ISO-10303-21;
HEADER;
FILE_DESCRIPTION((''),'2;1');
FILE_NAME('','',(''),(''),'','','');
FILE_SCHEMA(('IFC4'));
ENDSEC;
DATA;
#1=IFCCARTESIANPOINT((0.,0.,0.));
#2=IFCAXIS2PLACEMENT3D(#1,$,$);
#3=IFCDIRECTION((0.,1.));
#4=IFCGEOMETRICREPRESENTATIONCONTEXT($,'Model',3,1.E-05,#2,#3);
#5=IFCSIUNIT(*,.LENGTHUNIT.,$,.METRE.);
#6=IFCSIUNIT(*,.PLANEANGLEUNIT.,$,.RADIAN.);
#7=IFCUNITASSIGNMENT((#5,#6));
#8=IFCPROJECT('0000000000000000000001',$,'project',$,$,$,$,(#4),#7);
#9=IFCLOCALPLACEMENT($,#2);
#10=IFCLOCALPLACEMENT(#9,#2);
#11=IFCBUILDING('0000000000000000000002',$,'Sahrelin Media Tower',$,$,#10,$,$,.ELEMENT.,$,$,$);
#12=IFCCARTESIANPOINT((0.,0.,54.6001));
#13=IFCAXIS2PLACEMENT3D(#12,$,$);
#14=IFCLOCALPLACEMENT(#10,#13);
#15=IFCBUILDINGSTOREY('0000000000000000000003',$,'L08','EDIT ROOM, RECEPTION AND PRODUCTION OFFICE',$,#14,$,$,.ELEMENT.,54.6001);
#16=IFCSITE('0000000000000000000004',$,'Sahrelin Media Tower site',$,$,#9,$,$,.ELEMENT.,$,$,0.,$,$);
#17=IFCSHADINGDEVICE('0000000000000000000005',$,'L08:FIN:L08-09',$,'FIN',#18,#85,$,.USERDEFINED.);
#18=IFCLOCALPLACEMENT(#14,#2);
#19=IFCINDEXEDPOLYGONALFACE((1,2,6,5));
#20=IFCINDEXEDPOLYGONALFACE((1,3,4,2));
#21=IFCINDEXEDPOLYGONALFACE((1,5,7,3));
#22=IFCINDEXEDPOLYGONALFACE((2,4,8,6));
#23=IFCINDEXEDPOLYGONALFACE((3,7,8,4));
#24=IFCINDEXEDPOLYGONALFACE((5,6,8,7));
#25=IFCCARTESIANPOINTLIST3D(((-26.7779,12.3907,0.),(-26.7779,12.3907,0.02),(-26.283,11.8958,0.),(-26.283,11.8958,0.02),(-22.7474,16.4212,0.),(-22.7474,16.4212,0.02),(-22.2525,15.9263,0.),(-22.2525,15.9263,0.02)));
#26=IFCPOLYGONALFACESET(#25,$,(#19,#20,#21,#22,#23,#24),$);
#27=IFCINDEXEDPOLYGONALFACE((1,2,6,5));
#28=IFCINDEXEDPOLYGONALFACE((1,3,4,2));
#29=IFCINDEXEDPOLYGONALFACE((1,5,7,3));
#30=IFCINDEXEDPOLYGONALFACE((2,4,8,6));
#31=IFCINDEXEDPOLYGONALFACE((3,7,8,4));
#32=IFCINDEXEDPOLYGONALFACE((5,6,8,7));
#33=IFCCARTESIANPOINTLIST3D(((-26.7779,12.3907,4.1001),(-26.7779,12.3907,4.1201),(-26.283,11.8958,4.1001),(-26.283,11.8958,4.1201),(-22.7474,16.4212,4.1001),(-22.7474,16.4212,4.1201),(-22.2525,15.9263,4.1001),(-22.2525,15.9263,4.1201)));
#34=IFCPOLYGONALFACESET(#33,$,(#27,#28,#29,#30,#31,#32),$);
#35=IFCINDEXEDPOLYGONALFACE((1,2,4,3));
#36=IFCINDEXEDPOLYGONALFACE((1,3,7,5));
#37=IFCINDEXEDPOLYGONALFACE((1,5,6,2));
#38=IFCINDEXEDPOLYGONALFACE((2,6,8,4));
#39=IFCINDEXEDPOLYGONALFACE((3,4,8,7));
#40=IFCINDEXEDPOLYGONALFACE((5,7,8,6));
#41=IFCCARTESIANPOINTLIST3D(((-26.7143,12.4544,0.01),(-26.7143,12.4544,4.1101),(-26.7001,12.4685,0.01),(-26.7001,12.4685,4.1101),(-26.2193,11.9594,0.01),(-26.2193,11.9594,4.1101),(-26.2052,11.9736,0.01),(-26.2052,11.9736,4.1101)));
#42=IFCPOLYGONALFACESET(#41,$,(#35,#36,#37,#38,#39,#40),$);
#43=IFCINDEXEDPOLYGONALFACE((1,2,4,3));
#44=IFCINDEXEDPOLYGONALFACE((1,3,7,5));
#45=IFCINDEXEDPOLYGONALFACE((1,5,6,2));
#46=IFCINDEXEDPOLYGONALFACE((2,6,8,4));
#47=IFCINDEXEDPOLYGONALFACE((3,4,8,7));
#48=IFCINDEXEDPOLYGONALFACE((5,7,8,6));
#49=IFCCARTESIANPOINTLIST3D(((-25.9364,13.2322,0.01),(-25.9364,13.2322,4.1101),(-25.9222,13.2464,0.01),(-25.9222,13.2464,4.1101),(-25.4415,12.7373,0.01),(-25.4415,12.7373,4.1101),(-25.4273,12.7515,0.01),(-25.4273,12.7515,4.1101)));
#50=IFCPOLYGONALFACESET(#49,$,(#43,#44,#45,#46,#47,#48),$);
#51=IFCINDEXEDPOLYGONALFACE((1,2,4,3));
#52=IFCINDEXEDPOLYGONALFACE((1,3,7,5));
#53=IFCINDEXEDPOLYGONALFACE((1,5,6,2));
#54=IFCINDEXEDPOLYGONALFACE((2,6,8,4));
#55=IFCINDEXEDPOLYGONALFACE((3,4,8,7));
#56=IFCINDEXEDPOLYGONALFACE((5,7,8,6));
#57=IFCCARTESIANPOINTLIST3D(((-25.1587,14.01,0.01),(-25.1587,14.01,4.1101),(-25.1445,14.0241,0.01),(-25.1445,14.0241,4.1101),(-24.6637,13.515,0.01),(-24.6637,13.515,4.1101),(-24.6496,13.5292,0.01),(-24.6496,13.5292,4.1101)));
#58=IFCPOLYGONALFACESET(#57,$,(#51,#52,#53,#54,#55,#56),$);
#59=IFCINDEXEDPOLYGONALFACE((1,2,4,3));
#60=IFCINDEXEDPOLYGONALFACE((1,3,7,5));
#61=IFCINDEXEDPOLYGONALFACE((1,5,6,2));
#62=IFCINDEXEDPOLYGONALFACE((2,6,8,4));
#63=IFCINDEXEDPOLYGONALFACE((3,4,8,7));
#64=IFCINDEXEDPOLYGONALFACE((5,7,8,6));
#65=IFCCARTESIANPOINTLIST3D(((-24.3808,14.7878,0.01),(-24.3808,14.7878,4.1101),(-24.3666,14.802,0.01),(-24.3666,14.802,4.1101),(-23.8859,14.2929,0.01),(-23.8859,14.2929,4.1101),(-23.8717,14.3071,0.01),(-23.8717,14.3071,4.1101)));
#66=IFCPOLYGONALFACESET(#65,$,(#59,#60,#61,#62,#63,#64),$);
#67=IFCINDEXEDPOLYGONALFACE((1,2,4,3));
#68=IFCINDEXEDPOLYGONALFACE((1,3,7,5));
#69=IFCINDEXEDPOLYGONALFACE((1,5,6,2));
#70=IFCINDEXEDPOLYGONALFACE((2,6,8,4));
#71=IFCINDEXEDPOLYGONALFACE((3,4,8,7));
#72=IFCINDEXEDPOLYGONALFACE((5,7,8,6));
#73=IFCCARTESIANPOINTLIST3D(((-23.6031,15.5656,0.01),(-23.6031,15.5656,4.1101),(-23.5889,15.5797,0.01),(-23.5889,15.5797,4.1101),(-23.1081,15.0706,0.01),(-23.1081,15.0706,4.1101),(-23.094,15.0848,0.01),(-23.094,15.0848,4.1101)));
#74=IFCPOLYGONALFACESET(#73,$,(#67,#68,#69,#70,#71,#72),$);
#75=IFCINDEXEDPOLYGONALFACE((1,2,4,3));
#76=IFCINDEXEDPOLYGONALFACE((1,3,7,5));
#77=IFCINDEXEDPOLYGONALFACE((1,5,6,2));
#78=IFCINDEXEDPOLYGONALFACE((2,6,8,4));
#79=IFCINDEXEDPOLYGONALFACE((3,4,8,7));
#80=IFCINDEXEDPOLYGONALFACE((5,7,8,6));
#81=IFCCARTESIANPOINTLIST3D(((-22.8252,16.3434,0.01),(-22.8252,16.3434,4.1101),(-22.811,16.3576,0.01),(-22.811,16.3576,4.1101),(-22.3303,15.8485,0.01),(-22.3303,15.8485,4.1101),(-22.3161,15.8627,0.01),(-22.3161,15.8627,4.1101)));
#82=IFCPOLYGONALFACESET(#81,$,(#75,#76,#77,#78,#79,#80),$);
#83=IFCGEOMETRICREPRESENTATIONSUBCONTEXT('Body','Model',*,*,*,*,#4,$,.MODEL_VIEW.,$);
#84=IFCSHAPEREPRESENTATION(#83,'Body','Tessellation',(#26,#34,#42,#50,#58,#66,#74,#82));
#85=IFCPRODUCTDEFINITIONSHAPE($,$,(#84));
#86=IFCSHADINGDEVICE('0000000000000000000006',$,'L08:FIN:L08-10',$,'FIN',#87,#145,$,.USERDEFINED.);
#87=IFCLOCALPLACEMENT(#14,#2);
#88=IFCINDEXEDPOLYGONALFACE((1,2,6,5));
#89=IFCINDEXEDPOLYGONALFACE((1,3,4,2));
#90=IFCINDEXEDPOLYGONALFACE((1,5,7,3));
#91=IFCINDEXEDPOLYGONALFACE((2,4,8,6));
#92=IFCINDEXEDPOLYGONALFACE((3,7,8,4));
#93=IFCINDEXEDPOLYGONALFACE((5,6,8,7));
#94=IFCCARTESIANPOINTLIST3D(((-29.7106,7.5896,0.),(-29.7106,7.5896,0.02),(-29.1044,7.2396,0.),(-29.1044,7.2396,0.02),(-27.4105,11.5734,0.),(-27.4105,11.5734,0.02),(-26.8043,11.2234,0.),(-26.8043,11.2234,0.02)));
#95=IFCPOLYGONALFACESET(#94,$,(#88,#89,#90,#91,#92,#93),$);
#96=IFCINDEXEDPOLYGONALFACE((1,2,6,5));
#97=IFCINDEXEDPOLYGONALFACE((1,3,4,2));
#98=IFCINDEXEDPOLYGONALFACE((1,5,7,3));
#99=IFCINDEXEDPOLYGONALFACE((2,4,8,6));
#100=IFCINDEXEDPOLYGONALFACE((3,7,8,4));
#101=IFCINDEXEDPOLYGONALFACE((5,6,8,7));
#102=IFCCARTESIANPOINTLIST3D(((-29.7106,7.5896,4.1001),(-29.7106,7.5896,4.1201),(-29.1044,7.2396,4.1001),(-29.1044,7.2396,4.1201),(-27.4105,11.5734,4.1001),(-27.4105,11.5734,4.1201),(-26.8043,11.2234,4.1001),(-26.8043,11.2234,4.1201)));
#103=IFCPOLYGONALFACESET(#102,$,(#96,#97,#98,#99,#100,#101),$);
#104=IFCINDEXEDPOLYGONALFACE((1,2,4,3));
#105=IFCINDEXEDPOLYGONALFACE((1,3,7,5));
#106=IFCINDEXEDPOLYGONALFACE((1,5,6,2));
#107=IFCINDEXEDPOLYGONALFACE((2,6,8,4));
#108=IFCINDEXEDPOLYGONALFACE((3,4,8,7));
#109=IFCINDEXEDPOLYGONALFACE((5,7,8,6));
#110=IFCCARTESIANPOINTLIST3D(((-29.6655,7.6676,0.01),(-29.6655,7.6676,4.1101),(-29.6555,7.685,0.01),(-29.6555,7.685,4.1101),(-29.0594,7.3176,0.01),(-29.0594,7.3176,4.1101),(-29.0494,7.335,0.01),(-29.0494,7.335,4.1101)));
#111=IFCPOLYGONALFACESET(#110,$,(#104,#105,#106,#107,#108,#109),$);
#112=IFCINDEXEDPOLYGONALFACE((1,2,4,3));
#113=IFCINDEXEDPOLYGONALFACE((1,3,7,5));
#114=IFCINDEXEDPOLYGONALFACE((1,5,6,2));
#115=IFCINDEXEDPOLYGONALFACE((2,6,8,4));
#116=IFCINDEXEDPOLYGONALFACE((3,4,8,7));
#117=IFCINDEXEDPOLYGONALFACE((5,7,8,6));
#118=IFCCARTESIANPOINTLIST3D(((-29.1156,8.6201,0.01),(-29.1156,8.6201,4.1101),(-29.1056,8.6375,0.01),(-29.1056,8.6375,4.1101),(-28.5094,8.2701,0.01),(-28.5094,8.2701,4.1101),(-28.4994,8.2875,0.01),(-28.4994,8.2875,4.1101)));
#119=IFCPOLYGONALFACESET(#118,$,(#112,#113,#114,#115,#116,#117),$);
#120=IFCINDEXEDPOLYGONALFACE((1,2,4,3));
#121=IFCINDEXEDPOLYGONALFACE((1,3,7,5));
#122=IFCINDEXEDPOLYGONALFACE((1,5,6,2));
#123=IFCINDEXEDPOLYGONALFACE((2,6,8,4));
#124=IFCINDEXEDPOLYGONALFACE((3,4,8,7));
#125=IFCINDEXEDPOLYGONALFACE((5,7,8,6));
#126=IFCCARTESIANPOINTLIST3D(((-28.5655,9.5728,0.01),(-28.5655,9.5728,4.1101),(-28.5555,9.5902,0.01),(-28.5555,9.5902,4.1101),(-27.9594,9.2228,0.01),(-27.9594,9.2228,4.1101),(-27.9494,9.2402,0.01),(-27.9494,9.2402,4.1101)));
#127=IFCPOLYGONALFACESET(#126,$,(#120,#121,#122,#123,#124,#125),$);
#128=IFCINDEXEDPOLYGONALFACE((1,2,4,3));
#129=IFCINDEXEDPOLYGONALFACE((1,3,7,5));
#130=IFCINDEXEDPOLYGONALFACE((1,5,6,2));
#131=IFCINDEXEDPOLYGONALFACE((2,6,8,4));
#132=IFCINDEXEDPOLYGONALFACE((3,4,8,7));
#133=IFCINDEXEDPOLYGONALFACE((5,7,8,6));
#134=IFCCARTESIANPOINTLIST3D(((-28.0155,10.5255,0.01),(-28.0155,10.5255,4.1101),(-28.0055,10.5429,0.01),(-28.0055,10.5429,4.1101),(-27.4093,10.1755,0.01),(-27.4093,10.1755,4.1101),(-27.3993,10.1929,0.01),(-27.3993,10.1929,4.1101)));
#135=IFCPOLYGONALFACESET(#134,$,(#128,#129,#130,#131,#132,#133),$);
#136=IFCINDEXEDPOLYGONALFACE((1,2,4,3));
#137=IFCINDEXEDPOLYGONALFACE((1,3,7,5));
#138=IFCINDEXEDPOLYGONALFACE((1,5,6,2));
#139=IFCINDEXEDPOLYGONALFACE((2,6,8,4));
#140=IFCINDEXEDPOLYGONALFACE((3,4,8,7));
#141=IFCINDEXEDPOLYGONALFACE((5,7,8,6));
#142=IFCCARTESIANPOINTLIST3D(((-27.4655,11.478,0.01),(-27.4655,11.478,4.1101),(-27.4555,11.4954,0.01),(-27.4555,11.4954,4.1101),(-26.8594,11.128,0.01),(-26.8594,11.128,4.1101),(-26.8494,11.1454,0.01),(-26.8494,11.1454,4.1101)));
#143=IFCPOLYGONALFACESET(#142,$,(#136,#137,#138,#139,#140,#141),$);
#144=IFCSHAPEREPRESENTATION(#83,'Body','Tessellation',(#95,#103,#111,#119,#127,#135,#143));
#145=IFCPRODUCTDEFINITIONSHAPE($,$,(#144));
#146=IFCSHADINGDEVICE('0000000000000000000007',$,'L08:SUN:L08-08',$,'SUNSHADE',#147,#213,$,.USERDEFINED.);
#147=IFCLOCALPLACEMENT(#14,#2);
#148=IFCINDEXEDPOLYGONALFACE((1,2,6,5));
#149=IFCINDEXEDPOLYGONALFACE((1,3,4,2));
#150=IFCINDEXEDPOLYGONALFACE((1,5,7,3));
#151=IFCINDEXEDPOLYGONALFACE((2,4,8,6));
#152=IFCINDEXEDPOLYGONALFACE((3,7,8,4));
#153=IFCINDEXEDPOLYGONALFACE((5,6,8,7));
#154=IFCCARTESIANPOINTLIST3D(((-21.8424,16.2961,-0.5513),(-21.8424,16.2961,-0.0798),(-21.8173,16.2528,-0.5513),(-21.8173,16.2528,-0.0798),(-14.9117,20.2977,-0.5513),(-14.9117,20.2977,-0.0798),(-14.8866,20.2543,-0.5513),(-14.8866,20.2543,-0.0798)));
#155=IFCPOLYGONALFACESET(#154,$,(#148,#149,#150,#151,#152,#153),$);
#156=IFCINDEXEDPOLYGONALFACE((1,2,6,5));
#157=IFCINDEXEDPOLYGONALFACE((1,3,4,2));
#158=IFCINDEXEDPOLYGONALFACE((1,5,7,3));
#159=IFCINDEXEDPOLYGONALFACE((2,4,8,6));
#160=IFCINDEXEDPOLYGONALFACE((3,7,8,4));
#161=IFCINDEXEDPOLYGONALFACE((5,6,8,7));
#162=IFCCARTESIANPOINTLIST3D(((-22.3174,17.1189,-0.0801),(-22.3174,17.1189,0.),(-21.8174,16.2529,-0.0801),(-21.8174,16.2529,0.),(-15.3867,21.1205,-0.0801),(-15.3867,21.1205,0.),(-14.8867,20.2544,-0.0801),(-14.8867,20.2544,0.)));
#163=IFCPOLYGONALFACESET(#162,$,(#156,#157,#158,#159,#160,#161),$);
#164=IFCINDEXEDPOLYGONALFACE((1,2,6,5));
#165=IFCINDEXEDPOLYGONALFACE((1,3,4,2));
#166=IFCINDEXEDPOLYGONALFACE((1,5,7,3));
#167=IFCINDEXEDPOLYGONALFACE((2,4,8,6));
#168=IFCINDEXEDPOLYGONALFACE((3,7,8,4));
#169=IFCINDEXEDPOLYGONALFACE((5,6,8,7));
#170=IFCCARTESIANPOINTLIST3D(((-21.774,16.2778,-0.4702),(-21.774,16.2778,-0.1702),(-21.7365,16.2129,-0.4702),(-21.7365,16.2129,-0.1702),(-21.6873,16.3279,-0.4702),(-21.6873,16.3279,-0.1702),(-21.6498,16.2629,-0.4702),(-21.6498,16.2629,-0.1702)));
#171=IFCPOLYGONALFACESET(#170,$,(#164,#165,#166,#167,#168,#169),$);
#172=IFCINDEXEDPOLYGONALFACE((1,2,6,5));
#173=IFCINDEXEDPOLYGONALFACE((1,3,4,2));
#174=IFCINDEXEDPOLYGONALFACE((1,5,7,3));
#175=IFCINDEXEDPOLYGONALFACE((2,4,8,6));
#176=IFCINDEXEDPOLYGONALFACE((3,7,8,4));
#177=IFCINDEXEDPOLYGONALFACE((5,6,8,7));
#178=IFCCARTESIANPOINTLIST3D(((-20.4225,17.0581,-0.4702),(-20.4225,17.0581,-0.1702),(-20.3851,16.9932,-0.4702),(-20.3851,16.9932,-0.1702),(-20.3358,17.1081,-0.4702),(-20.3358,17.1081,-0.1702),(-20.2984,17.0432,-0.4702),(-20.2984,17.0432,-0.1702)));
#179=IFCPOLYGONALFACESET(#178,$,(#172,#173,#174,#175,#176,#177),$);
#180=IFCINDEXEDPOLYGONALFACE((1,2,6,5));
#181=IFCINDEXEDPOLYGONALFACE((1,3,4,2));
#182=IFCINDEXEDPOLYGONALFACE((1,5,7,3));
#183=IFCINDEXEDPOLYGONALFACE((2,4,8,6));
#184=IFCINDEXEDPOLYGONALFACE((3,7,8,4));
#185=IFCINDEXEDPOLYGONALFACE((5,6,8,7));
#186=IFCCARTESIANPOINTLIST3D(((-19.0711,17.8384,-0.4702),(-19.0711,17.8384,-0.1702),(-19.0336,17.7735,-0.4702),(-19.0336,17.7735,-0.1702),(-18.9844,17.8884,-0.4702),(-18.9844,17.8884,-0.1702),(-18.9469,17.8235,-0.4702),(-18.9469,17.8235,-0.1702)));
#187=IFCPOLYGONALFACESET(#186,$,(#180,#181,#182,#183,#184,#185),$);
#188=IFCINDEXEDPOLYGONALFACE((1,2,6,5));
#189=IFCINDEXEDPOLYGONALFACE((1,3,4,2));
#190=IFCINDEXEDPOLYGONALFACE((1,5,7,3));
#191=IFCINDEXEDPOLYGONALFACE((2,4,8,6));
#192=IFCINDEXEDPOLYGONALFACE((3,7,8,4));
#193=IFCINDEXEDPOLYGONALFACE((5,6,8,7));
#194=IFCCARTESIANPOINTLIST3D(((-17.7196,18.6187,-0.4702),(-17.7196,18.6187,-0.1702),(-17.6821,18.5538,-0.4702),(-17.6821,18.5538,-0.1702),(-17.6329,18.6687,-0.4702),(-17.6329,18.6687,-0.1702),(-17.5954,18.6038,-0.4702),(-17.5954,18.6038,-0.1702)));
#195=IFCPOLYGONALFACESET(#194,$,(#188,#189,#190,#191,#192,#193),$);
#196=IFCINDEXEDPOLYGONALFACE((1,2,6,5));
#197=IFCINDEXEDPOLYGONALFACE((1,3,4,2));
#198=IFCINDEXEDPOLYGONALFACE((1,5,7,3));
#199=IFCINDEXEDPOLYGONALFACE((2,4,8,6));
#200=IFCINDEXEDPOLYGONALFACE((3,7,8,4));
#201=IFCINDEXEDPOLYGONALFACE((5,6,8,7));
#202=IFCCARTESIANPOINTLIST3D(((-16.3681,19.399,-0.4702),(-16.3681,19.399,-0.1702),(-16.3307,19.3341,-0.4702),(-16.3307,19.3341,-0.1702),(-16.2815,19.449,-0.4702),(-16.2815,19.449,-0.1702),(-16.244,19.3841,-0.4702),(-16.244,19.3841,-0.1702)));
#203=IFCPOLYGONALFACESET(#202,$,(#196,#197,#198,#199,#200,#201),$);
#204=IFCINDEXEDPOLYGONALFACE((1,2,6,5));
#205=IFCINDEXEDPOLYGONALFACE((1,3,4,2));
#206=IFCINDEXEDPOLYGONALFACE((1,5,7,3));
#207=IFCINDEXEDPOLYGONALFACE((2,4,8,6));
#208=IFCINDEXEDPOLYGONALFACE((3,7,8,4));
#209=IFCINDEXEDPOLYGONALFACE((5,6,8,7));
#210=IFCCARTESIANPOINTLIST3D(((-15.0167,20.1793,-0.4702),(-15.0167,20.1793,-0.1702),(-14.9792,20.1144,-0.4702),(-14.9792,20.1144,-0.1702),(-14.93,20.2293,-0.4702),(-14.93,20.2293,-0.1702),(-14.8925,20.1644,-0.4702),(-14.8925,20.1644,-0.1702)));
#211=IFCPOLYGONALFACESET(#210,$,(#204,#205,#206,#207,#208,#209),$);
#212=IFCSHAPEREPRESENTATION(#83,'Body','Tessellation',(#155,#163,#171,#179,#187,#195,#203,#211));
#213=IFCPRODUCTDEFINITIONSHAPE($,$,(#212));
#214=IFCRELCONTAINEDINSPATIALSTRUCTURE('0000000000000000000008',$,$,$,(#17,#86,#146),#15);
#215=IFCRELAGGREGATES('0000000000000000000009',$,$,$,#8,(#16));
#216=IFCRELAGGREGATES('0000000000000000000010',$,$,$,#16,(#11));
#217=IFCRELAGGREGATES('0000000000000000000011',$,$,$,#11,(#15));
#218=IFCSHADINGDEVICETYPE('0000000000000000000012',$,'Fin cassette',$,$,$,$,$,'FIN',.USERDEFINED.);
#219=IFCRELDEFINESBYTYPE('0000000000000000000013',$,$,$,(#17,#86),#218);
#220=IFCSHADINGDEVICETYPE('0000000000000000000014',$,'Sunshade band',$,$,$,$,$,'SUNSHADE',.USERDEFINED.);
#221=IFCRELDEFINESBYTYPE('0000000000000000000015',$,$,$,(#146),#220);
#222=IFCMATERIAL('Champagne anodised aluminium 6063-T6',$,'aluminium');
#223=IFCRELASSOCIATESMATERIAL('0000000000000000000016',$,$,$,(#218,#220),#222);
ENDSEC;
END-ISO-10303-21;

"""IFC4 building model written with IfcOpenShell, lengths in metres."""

from ifc_helpers import new_model, si_unit, direction, frame, origin, origin_2d, place, context, subcontext, project, spatial, rectangle, extrude, material, type_object, element, save


model = new_model("IFC4")

# Units and contexts
model_context = context("Model", 3, precision=1e-05, world=origin(), true_north=direction((0.0, 1.0)))
body_context = subcontext(model_context, "Body", "Model", "MODEL_VIEW")
ifc_project = project(units=[si_unit("LENGTHUNIT", "METRE"), si_unit("PLANEANGLEUNIT", "RADIAN")], contexts=[model_context])

# Site, building, storey
site_placement = place(None, origin())
site = spatial("IfcSite", under=ifc_project, at=site_placement, Name="Sahrelin Media Tower site", CompositionType="ELEMENT", RefElevation=0.0)
building_placement = place(site_placement, origin())
building = spatial("IfcBuilding", under=site, at=building_placement, Name="Sahrelin Media Tower", CompositionType="ELEMENT")
storey_placement = place(building_placement, frame((0.0, 0.0, 54.6001)))
storey = spatial("IfcBuildingStorey", under=building, at=storey_placement, Name="L08", Description="EDIT ROOM, RECEPTION AND PRODUCTION OFFICE", CompositionType="ELEMENT", Elevation=54.6001)

# Shared definitions
ifc_material_1 = material(Name="Champagne anodised aluminium 6063-T6", Category="aluminium")

# Shading devices
shading_device_type_1 = type_object("IfcShadingDeviceType", Name="Fin cassette", ElementType="FIN", PredefinedType="USERDEFINED", material=ifc_material_1)
placement_1 = place(storey_placement, frame((-18.342, 18.2363, 0.0), z_axis=(0.0, 0.0, 1.0), x_axis=(0.866019, 0.500011, 0.0)))
placement_2 = place(storey_placement, frame((-24.2183, 13.8616, 0.0), z_axis=(0.0, 0.0, 1.0), x_axis=(0.707107, 0.707107, 0.0)))
element("IfcShadingDevice", 1, at=placement_2, inside=storey, type_object=shading_device_type_1, Name="L08:FIN:L08-09", ObjectType="FIN", PredefinedType="USERDEFINED", context=body_context, shape_type="SweptSolid", body=[
    extrude(rectangle(XDim=5.7, YDim=0.7, at=origin_2d()), frame((0.0, 0.4199, 0.0)), (0.0, 0.0, 1.0), 0.02),
    extrude(rectangle(XDim=5.7, YDim=0.7, at=origin_2d()), frame((0.0, 0.4199, 4.1001)), (0.0, 0.0, 1.0), 0.02),
    extrude(rectangle(XDim=0.02, YDim=0.7, at=origin_2d()), frame((-2.75, 0.4199, 0.01), z_axis=(0.0, 0.0, 1.0), x_axis=(1.0, 0.0, 0.0)), (0.0, 0.0, 1.0), 4.1001),
    extrude(rectangle(XDim=0.02, YDim=0.7, at=origin_2d()), frame((-1.6499, 0.4199, 0.01), z_axis=(0.0, 0.0, 1.0), x_axis=(1.0, 0.0, 0.0)), (0.0, 0.0, 1.0), 4.1001),
    extrude(rectangle(XDim=0.02, YDim=0.7, at=origin_2d()), frame((-0.55, 0.4199, 0.01), z_axis=(0.0, 0.0, 1.0), x_axis=(1.0, 0.0, 0.0)), (0.0, 0.0, 1.0), 4.1001),
    extrude(rectangle(XDim=0.02, YDim=0.7, at=origin_2d()), frame((0.55, 0.4199, 0.01), z_axis=(0.0, 0.0, 1.0), x_axis=(1.0, 0.0, 0.0)), (0.0, 0.0, 1.0), 4.1001),
    extrude(rectangle(XDim=0.02, YDim=0.7, at=origin_2d()), frame((1.6499, 0.4199, 0.01), z_axis=(0.0, 0.0, 1.0), x_axis=(1.0, 0.0, 0.0)), (0.0, 0.0, 1.0), 4.1001),
    extrude(rectangle(XDim=0.02, YDim=0.7, at=origin_2d()), frame((2.75, 0.4199, 0.01), z_axis=(0.0, 0.0, 1.0), x_axis=(1.0, 0.0, 0.0)), (0.0, 0.0, 1.0), 4.1001),
])
placement_3 = place(storey_placement, frame((-27.8938, 9.1965, 0.0), z_axis=(0.0, 0.0, 1.0), x_axis=(0.500011, 0.866019, 0.0)))
element("IfcShadingDevice", 2, at=placement_3, inside=storey, type_object=shading_device_type_1, Name="L08:FIN:L08-10", ObjectType="FIN", PredefinedType="USERDEFINED", context=body_context, shape_type="SweptSolid", body=[
    extrude(rectangle(XDim=4.6001, YDim=0.7, at=origin_2d()), frame((0.0, 0.4199, 0.0)), (0.0, 0.0, 1.0), 0.02),
    extrude(rectangle(XDim=4.6001, YDim=0.7, at=origin_2d()), frame((0.0, 0.4199, 4.1001)), (0.0, 0.0, 1.0), 0.02),
    extrude(rectangle(XDim=0.02, YDim=0.7, at=origin_2d()), frame((-2.2, 0.4199, 0.01), z_axis=(0.0, 0.0, 1.0), x_axis=(1.0, 0.0, 0.0)), (0.0, 0.0, 1.0), 4.1001),
    extrude(rectangle(XDim=0.02, YDim=0.7, at=origin_2d()), frame((-1.1001, 0.4199, 0.01), z_axis=(0.0, 0.0, 1.0), x_axis=(1.0, 0.0, 0.0)), (0.0, 0.0, 1.0), 4.1001),
    extrude(rectangle(XDim=0.02, YDim=0.7, at=origin_2d()), frame((0.0, 0.4199, 0.01), z_axis=(0.0, 0.0, 1.0), x_axis=(1.0, 0.0, 0.0)), (0.0, 0.0, 1.0), 4.1001),
    extrude(rectangle(XDim=0.02, YDim=0.7, at=origin_2d()), frame((1.1001, 0.4199, 0.01), z_axis=(0.0, 0.0, 1.0), x_axis=(1.0, 0.0, 0.0)), (0.0, 0.0, 1.0), 4.1001),
    extrude(rectangle(XDim=0.02, YDim=0.7, at=origin_2d()), frame((2.2, 0.4199, 0.01), z_axis=(0.0, 0.0, 1.0), x_axis=(1.0, 0.0, 0.0)), (0.0, 0.0, 1.0), 4.1001),
])
shading_device_type_2 = type_object("IfcShadingDeviceType", Name="Sunshade band", ElementType="SUNSHADE", PredefinedType="USERDEFINED", material=ifc_material_1)
element("IfcShadingDevice", 3, at=placement_1, inside=storey, type_object=shading_device_type_2, Name="L08:SUN:L08-08", ObjectType="SUNSHADE", PredefinedType="USERDEFINED", context=body_context, shape_type="SweptSolid", body=[
    extrude(rectangle(XDim=8.0029, YDim=0.05, at=origin_2d()), frame((0.0, 0.0449, -0.5513)), (0.0, 0.0, 1.0), 0.4714),
    extrude(rectangle(XDim=8.0029, YDim=1.0, at=origin_2d()), frame((0.0, 0.52, -0.0801)), (0.0, 0.0, 1.0), 0.0801),
    extrude(rectangle(XDim=0.1001, YDim=0.075, at=origin_2d()), frame((-3.9014, -0.0176, -0.4702)), (0.0, 0.0, 1.0), 0.3),
    extrude(rectangle(XDim=0.1001, YDim=0.075, at=origin_2d()), frame((-2.3408, -0.0176, -0.4702)), (0.0, 0.0, 1.0), 0.3),
    extrude(rectangle(XDim=0.1001, YDim=0.075, at=origin_2d()), frame((-0.7803, -0.0176, -0.4702)), (0.0, 0.0, 1.0), 0.3),
    extrude(rectangle(XDim=0.1001, YDim=0.075, at=origin_2d()), frame((0.7803, -0.0176, -0.4702)), (0.0, 0.0, 1.0), 0.3),
    extrude(rectangle(XDim=0.1001, YDim=0.075, at=origin_2d()), frame((2.3408, -0.0176, -0.4702)), (0.0, 0.0, 1.0), 0.3),
    extrude(rectangle(XDim=0.1001, YDim=0.075, at=origin_2d()), frame((3.9014, -0.0176, -0.4702)), (0.0, 0.0, 1.0), 0.3),
])

save(model, "model.ifc")
